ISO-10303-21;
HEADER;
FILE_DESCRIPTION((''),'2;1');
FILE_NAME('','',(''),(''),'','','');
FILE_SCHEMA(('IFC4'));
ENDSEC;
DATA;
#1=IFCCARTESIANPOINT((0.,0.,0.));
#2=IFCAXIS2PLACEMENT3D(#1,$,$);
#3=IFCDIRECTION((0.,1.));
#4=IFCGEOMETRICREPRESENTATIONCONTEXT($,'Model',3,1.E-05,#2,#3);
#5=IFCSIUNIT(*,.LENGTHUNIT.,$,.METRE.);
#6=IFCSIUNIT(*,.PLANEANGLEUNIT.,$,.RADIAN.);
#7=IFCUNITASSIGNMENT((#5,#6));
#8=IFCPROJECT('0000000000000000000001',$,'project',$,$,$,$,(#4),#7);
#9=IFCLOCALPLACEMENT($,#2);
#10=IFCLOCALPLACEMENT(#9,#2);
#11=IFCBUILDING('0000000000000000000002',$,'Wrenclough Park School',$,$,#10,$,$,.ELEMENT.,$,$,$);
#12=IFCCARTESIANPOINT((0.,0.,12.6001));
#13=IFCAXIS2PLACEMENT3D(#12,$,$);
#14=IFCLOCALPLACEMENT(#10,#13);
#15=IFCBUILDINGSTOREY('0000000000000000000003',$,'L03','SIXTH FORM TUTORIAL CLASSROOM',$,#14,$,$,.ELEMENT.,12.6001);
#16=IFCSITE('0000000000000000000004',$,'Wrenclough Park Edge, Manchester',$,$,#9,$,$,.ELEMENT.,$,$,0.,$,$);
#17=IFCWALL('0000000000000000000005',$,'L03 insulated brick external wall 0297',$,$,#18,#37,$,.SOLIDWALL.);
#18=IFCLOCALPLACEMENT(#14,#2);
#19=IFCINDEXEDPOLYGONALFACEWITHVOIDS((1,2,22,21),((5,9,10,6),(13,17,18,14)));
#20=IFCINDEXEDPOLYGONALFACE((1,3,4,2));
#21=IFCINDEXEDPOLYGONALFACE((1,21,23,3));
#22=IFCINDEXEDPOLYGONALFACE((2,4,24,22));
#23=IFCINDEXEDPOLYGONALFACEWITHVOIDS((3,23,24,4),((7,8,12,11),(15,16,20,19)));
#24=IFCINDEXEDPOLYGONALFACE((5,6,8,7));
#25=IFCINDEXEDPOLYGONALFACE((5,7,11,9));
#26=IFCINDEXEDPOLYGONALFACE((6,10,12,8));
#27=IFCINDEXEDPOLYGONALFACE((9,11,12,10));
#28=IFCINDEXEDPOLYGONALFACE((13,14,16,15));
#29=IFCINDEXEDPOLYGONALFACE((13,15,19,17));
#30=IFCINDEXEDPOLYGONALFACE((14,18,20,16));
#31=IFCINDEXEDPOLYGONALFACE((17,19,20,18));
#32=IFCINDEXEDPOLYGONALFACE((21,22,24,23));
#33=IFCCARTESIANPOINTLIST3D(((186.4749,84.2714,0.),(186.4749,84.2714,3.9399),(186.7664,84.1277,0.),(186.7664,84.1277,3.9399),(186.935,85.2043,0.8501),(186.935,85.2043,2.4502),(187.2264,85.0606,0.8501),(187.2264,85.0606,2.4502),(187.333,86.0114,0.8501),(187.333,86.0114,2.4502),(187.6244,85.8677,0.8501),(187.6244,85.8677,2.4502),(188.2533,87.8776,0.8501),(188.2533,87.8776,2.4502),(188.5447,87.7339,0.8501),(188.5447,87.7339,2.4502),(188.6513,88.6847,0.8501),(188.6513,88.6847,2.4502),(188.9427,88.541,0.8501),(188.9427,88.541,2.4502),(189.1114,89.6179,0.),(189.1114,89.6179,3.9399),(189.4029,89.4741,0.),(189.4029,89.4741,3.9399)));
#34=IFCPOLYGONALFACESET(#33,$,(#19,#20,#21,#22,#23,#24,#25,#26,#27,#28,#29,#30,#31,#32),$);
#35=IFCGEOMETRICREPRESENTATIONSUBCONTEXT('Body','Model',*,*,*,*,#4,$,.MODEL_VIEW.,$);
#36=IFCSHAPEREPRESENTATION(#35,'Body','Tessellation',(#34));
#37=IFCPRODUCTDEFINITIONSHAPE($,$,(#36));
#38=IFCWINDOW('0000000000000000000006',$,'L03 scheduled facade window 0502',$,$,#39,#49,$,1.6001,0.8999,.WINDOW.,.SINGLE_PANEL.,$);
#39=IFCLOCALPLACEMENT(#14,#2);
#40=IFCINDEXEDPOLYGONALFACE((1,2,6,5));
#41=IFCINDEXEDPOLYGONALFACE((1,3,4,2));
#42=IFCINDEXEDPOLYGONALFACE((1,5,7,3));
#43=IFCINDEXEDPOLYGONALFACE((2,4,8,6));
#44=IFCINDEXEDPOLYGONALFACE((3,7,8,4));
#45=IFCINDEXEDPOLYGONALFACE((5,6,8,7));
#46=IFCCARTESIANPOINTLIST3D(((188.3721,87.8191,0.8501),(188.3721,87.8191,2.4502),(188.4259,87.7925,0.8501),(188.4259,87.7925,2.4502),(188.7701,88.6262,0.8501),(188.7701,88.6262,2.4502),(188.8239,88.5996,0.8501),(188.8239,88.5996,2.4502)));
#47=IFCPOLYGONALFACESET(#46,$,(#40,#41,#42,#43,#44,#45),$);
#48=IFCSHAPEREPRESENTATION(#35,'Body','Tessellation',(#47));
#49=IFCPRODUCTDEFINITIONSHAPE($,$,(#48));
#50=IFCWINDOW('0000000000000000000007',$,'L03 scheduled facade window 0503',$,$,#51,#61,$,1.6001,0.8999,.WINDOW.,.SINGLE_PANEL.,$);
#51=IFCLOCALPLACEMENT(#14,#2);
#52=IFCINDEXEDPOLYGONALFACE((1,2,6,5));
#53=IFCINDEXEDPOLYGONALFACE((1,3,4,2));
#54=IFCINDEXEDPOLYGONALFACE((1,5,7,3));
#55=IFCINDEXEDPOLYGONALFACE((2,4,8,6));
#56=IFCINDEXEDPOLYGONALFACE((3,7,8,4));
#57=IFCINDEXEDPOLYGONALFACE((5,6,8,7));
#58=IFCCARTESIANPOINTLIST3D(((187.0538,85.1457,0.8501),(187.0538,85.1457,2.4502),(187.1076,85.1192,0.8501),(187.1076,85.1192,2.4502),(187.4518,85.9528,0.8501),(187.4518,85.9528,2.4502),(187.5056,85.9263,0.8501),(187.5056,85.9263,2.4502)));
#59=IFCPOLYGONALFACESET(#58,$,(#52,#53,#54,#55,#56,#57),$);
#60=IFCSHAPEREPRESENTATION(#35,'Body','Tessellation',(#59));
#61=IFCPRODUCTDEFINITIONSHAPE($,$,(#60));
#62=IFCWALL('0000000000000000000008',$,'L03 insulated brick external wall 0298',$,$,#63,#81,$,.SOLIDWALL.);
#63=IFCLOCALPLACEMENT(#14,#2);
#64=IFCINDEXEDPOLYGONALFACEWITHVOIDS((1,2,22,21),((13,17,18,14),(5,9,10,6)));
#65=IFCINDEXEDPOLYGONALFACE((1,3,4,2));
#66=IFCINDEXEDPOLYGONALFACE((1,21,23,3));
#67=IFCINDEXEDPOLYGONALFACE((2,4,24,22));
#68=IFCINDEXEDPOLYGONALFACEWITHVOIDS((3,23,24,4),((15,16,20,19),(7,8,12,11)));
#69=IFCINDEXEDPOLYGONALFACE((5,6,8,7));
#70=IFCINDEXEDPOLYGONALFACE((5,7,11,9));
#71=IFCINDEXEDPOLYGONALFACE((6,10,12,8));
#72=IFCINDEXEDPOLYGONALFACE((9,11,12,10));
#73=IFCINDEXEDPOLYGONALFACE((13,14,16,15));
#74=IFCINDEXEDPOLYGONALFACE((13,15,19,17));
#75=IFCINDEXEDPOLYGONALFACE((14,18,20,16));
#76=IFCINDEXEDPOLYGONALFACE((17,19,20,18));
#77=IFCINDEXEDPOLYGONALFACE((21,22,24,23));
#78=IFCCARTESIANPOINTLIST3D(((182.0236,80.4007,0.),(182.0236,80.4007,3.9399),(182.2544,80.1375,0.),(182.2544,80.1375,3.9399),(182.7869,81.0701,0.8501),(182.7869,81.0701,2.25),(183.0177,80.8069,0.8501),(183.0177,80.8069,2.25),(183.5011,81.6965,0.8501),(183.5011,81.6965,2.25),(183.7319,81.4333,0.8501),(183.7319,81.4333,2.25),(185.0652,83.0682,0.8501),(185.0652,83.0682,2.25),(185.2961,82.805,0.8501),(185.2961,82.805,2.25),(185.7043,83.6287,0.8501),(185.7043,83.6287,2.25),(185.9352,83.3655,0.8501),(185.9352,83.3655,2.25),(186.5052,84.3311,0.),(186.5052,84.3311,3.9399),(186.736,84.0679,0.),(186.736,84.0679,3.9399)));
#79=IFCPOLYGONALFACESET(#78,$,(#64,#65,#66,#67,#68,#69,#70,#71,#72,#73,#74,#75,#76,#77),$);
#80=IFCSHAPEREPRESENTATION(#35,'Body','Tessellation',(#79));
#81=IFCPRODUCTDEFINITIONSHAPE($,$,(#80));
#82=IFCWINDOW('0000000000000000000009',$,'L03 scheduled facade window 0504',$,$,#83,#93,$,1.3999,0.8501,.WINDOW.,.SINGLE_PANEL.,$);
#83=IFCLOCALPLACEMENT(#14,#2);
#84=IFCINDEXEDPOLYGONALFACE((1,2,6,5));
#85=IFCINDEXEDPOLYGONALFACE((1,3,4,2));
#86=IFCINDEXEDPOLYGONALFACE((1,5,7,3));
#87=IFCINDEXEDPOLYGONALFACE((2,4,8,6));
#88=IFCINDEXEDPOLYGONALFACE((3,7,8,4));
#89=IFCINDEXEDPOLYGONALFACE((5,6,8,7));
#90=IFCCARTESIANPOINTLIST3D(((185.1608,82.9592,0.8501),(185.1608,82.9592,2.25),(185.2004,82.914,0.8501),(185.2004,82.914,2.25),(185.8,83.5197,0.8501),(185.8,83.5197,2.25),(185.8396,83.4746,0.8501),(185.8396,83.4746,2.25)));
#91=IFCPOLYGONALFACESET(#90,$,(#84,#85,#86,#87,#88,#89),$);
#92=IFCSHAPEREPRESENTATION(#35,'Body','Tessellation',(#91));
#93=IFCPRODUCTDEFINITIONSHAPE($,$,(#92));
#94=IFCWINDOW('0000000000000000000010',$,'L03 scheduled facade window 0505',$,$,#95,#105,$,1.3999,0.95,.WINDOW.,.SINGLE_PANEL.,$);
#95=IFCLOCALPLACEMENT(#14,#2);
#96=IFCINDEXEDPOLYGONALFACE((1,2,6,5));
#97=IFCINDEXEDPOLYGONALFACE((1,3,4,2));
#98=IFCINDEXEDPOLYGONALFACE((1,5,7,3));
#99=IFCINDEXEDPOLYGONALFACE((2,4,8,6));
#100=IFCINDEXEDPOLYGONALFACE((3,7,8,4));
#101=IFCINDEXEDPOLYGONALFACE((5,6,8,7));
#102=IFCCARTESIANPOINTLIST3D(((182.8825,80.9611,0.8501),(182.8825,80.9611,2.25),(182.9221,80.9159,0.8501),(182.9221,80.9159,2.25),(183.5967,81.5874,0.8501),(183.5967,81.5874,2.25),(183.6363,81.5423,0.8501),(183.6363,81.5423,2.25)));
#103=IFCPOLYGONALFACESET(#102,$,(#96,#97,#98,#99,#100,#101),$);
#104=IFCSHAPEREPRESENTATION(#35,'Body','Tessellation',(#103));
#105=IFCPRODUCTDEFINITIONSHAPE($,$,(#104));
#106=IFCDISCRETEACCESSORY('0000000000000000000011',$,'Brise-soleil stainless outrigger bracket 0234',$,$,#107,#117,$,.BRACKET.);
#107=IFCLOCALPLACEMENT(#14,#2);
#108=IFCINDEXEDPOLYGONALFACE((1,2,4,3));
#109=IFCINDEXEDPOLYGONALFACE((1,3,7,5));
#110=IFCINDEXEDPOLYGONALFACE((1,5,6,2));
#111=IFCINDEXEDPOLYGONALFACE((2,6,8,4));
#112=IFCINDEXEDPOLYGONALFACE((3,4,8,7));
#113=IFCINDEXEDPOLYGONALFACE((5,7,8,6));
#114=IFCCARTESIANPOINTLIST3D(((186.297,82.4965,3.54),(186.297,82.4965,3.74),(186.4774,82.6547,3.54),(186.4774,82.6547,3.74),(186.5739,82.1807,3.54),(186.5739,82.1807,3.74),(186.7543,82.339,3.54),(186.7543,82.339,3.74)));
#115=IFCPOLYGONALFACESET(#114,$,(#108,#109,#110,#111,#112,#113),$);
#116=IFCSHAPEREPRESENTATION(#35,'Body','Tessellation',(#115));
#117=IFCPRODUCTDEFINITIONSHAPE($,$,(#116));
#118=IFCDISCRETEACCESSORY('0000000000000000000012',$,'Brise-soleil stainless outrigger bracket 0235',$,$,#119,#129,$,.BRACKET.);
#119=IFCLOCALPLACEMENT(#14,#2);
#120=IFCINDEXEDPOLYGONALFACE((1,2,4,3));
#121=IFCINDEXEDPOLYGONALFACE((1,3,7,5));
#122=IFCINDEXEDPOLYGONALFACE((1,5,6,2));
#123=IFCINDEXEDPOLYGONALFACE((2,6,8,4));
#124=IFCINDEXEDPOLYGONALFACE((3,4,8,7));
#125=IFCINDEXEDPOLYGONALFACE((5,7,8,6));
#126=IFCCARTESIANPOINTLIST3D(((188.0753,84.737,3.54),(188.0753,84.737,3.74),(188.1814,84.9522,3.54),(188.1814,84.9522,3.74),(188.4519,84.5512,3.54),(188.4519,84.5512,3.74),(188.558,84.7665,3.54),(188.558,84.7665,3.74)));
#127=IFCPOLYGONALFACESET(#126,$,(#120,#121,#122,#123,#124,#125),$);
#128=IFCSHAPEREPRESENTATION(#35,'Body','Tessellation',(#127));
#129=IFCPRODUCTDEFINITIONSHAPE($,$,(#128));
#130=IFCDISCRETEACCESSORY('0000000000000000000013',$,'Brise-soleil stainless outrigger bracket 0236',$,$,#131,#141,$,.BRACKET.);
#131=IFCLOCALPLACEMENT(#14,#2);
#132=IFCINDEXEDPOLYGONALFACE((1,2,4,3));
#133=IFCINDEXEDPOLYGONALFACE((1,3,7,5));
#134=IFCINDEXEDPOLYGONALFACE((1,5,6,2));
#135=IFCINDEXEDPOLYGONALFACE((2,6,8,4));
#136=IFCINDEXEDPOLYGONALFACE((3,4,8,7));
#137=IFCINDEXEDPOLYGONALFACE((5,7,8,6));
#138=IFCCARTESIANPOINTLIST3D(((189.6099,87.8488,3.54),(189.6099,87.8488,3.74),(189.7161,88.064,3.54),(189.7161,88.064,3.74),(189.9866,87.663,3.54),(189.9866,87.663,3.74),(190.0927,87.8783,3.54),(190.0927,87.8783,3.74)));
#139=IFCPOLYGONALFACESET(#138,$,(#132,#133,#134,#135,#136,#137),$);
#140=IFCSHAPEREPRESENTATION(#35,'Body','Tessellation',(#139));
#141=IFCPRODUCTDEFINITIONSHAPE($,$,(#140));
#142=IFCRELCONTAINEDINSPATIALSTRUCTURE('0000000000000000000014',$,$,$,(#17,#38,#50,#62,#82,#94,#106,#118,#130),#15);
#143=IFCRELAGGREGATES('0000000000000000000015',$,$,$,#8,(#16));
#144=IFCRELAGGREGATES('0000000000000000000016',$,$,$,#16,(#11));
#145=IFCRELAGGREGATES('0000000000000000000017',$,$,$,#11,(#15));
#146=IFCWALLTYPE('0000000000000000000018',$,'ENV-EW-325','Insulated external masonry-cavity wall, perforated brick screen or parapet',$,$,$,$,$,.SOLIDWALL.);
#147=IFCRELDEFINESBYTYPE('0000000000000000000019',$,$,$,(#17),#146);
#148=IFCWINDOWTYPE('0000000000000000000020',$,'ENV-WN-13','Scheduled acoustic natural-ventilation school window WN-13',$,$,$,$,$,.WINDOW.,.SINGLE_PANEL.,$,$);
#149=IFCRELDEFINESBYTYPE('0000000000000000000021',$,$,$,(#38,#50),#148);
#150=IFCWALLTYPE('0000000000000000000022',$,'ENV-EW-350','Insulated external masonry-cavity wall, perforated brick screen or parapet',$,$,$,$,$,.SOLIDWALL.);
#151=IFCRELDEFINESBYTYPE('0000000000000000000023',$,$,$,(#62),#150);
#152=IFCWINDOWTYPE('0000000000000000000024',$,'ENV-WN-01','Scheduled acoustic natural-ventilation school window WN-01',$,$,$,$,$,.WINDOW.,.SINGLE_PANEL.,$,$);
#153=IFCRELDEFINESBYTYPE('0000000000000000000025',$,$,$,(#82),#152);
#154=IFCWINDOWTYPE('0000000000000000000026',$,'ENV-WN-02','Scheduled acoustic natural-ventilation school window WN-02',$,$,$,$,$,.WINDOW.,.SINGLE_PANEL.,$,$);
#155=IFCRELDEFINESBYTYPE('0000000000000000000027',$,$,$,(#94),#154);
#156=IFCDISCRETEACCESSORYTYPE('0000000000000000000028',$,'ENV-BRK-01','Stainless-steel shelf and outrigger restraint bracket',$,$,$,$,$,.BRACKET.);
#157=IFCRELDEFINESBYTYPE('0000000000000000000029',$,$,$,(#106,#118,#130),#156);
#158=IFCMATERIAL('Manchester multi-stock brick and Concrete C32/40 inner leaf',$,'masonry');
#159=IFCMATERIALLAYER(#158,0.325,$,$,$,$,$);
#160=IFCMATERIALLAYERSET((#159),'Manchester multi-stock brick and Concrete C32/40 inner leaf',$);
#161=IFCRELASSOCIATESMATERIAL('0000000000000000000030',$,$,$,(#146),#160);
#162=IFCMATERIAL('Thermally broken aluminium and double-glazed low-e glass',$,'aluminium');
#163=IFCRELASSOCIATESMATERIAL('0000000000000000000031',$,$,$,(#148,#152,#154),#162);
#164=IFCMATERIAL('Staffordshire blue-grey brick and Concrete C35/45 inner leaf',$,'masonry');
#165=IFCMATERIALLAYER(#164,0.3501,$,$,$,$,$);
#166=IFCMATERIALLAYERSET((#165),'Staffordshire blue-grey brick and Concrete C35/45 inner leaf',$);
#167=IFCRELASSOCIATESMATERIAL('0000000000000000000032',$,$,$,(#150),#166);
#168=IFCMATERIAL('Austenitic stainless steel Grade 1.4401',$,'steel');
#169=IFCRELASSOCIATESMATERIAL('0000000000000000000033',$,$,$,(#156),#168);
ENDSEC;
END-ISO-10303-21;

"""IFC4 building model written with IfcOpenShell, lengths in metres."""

from ifc_helpers import new_model, si_unit, direction, frame, frame_2d, origin, origin_2d, place, context, subcontext, project, spatial, rectangle, extrude, material, layer, layer_set, type_object, element, fill, save


model = new_model("IFC4")

# Units and contexts
model_context = context("Model", 3, precision=1e-05, world=origin(), true_north=direction((0.0, 1.0)))
body_context = subcontext(model_context, "Body", "Model", "MODEL_VIEW")
ifc_project = project(units=[si_unit("LENGTHUNIT", "METRE"), si_unit("PLANEANGLEUNIT", "RADIAN")], contexts=[model_context])

# Site, building, storey
site_placement = place(None, origin())
site = spatial("IfcSite", under=ifc_project, at=site_placement, Name="Wrenclough Park Edge, Manchester", CompositionType="ELEMENT", RefElevation=0.0)
building_placement = place(site_placement, origin())
building = spatial("IfcBuilding", under=site, at=building_placement, Name="Wrenclough Park School", CompositionType="ELEMENT")
storey_placement = place(building_placement, frame((0.0, 0.0, 12.6001)))
storey = spatial("IfcBuildingStorey", under=building, at=storey_placement, Name="L03", Description="SIXTH FORM TUTORIAL CLASSROOM", CompositionType="ELEMENT", Elevation=12.6001)

# Walls, openings, windows
ifc_material_1 = material(Name="Manchester multi-stock brick and Concrete C32/40 inner leaf", Category="masonry")
ifc_layer_1 = layer(ifc_material_1, 0.325)
ifc_layer_set_1 = layer_set([ifc_layer_1], Name="Manchester multi-stock brick and Concrete C32/40 inner leaf")
wall_type_1 = type_object("IfcWallType", Name="ENV-EW-325", Description="Insulated external masonry-cavity wall, perforated brick screen or parapet", PredefinedType="SOLIDWALL", material=ifc_layer_set_1)
wall_1_placement = place(storey_placement, frame((189.2571, 89.5459, 0.0), z_axis=(0.0, 0.0, 1.0), x_axis=(-0.442276, -0.896879, 0.0)))
wall_1 = element("IfcWall", 1, at=wall_1_placement, inside=storey, type_object=wall_type_1, Name="L03 insulated brick external wall 0297", PredefinedType="SOLIDWALL", context=body_context, shape_type="SweptSolid", body=[
    extrude(rectangle(XDim=5.9612, YDim=0.325, at=frame_2d((2.9805, 0.0))), origin(), (0.0, 0.0, 1.0), 3.9399),
])
opening_1_placement = place(wall_1_placement, frame((1.0403, 0.0, 0.8501)))
opening_1 = element("IfcOpeningElement", 2, at=opening_1_placement, cuts=wall_1, PredefinedType="OPENING", context=body_context, shape_type="SweptSolid", body=[
    extrude(rectangle(XDim=0.8999, YDim=1.6001, at=frame_2d((0.45, 0.8))), frame((0.0, 0.1724, 0.0), z_axis=(0.0, -1.0, 0.0), x_axis=(1.0, 0.0, 0.0)), (0.0, 0.0, 1.0), 0.345),
])
opening_2_placement = place(wall_1_placement, frame((4.021, 0.0, 0.8501)))
opening_2 = element("IfcOpeningElement", 3, at=opening_2_placement, cuts=wall_1, PredefinedType="OPENING", context=body_context, shape_type="SweptSolid", body=[
    extrude(rectangle(XDim=0.8999, YDim=1.6001, at=frame_2d((0.45, 0.8))), frame((0.0, 0.1724, 0.0), z_axis=(0.0, -1.0, 0.0), x_axis=(1.0, 0.0, 0.0)), (0.0, 0.0, 1.0), 0.345),
])
ifc_material_2 = material(Name="Thermally broken aluminium and double-glazed low-e glass", Category="aluminium")
window_type_1 = type_object("IfcWindowType", Name="ENV-WN-13", Description="Scheduled acoustic natural-ventilation school window WN-13", PartitioningType="SINGLE_PANEL", PredefinedType="WINDOW", material=ifc_material_2)
window_1_placement = place(opening_1_placement, origin())
window_1 = element("IfcWindow", 4, at=window_1_placement, inside=storey, type_object=window_type_1, Name="L03 scheduled facade window 0502", OverallHeight=1.6001, OverallWidth=0.8999, PartitioningType="SINGLE_PANEL", PredefinedType="WINDOW", context=body_context, shape_type="SweptSolid", body=[
    extrude(rectangle(XDim=0.8999, YDim=1.6001, at=frame_2d((0.45, 0.8))), frame((0.0, 0.03, 0.0), z_axis=(0.0, -1.0, 0.0), x_axis=(1.0, 0.0, 0.0)), (0.0, 0.0, 1.0), 0.0601),
])
fill(opening_1, window_1)
window_2_placement = place(opening_2_placement, origin())
window_2 = element("IfcWindow", 5, at=window_2_placement, inside=storey, type_object=window_type_1, Name="L03 scheduled facade window 0503", OverallHeight=1.6001, OverallWidth=0.8999, PartitioningType="SINGLE_PANEL", PredefinedType="WINDOW", context=body_context, shape_type="SweptSolid", body=[
    extrude(rectangle(XDim=0.8999, YDim=1.6001, at=frame_2d((0.45, 0.8))), frame((0.0, 0.03, 0.0), z_axis=(0.0, -1.0, 0.0), x_axis=(1.0, 0.0, 0.0)), (0.0, 0.0, 1.0), 0.0601),
])
fill(opening_2, window_2)
ifc_material_3 = material(Name="Staffordshire blue-grey brick and Concrete C35/45 inner leaf", Category="masonry")
ifc_layer_2 = layer(ifc_material_3, 0.3501)
ifc_layer_set_2 = layer_set([ifc_layer_2], Name="Staffordshire blue-grey brick and Concrete C35/45 inner leaf")
wall_type_2 = type_object("IfcWallType", Name="ENV-EW-350", Description="Insulated external masonry-cavity wall, perforated brick screen or parapet", PredefinedType="SOLIDWALL", material=ifc_layer_set_2)
wall_2_placement = place(storey_placement, frame((186.6206, 84.1995, 0.0), z_axis=(0.0, 0.0, 1.0), x_axis=(-0.751833, -0.659354, 0.0)))
wall_2 = element("IfcWall", 6, at=wall_2_placement, inside=storey, type_object=wall_type_2, Name="L03 insulated brick external wall 0298", PredefinedType="SOLIDWALL", context=body_context, shape_type="SweptSolid", body=[
    extrude(rectangle(XDim=5.9609, YDim=0.3501, at=frame_2d((2.9805, 0.0))), origin(), (0.0, 0.0, 1.0), 3.9399),
])
opening_3_placement = place(wall_2_placement, frame((1.0652, 0.0, 0.8501)))
opening_3 = element("IfcOpeningElement", 7, at=opening_3_placement, cuts=wall_2, PredefinedType="OPENING", context=body_context, shape_type="SweptSolid", body=[
    extrude(rectangle(XDim=0.8501, YDim=1.3999, at=frame_2d((0.425, 0.7))), frame((0.0, 0.1851, 0.0), z_axis=(0.0, -1.0, 0.0), x_axis=(1.0, 0.0, 0.0)), (0.0, 0.0, 1.0), 0.3701),
])
opening_4_placement = place(wall_2_placement, frame((3.9956, 0.0, 0.8501)))
opening_4 = element("IfcOpeningElement", 8, at=opening_4_placement, cuts=wall_2, PredefinedType="OPENING", context=body_context, shape_type="SweptSolid", body=[
    extrude(rectangle(XDim=0.95, YDim=1.3999, at=frame_2d((0.4751, 0.7))), frame((0.0, 0.1851, 0.0), z_axis=(0.0, -1.0, 0.0), x_axis=(1.0, 0.0, 0.0)), (0.0, 0.0, 1.0), 0.3701),
])
window_type_2 = type_object("IfcWindowType", Name="ENV-WN-01", Description="Scheduled acoustic natural-ventilation school window WN-01", PartitioningType="SINGLE_PANEL", PredefinedType="WINDOW", material=ifc_material_2)
window_3_placement = place(opening_3_placement, origin())
window_3 = element("IfcWindow", 9, at=window_3_placement, inside=storey, type_object=window_type_2, Name="L03 scheduled facade window 0504", OverallHeight=1.3999, OverallWidth=0.8501, PartitioningType="SINGLE_PANEL", PredefinedType="WINDOW", context=body_context, shape_type="SweptSolid", body=[
    extrude(rectangle(XDim=0.8501, YDim=1.3999, at=frame_2d((0.425, 0.7))), frame((0.0, 0.03, 0.0), z_axis=(0.0, -1.0, 0.0), x_axis=(1.0, 0.0, 0.0)), (0.0, 0.0, 1.0), 0.0601),
])
fill(opening_3, window_3)
window_type_3 = type_object("IfcWindowType", Name="ENV-WN-02", Description="Scheduled acoustic natural-ventilation school window WN-02", PartitioningType="SINGLE_PANEL", PredefinedType="WINDOW", material=ifc_material_2)
window_4_placement = place(opening_4_placement, origin())
window_4 = element("IfcWindow", 10, at=window_4_placement, inside=storey, type_object=window_type_3, Name="L03 scheduled facade window 0505", OverallHeight=1.3999, OverallWidth=0.95, PartitioningType="SINGLE_PANEL", PredefinedType="WINDOW", context=body_context, shape_type="SweptSolid", body=[
    extrude(rectangle(XDim=0.95, YDim=1.3999, at=frame_2d((0.4751, 0.7))), frame((0.0, 0.03, 0.0), z_axis=(0.0, -1.0, 0.0), x_axis=(1.0, 0.0, 0.0)), (0.0, 0.0, 1.0), 0.0601),
])
fill(opening_4, window_4)

# Discrete accessories
ifc_material_4 = material(Name="Austenitic stainless steel Grade 1.4401", Category="steel")
discrete_accessory_type = type_object("IfcDiscreteAccessoryType", Name="ENV-BRK-01", Description="Stainless-steel shelf and outrigger restraint bracket", PredefinedType="BRACKET", material=ifc_material_4)
for number, where, z_axis, x_axis, name in (
    (11, (186.5256, 82.4177, 3.54), (0.0, 0.0, 1.0), (0.751839, 0.659347, 0.0), "Brise-soleil stainless outrigger bracket 0234"),
    (12, (188.3167, 84.7517, 3.54), (0.0, 0.0, 1.0), (0.442289, 0.896873, 0.0), "Brise-soleil stainless outrigger bracket 0235"),
    (13, (189.8513, 87.8635, 3.54), (0.0, 0.0, 1.0), (0.442289, 0.896873, 0.0), "Brise-soleil stainless outrigger bracket 0236"),
):
    element("IfcDiscreteAccessory", number, at=place(storey_placement, frame(where, z_axis=z_axis, x_axis=x_axis)), inside=storey, type_object=discrete_accessory_type, Name=name, PredefinedType="BRACKET", context=body_context, shape_type="SweptSolid", body=[
        extrude(rectangle(XDim=0.24, YDim=0.4199, at=origin_2d()), origin(), (0.0, 0.0, 1.0), 0.2),
    ])

save(model, "model.ifc")
